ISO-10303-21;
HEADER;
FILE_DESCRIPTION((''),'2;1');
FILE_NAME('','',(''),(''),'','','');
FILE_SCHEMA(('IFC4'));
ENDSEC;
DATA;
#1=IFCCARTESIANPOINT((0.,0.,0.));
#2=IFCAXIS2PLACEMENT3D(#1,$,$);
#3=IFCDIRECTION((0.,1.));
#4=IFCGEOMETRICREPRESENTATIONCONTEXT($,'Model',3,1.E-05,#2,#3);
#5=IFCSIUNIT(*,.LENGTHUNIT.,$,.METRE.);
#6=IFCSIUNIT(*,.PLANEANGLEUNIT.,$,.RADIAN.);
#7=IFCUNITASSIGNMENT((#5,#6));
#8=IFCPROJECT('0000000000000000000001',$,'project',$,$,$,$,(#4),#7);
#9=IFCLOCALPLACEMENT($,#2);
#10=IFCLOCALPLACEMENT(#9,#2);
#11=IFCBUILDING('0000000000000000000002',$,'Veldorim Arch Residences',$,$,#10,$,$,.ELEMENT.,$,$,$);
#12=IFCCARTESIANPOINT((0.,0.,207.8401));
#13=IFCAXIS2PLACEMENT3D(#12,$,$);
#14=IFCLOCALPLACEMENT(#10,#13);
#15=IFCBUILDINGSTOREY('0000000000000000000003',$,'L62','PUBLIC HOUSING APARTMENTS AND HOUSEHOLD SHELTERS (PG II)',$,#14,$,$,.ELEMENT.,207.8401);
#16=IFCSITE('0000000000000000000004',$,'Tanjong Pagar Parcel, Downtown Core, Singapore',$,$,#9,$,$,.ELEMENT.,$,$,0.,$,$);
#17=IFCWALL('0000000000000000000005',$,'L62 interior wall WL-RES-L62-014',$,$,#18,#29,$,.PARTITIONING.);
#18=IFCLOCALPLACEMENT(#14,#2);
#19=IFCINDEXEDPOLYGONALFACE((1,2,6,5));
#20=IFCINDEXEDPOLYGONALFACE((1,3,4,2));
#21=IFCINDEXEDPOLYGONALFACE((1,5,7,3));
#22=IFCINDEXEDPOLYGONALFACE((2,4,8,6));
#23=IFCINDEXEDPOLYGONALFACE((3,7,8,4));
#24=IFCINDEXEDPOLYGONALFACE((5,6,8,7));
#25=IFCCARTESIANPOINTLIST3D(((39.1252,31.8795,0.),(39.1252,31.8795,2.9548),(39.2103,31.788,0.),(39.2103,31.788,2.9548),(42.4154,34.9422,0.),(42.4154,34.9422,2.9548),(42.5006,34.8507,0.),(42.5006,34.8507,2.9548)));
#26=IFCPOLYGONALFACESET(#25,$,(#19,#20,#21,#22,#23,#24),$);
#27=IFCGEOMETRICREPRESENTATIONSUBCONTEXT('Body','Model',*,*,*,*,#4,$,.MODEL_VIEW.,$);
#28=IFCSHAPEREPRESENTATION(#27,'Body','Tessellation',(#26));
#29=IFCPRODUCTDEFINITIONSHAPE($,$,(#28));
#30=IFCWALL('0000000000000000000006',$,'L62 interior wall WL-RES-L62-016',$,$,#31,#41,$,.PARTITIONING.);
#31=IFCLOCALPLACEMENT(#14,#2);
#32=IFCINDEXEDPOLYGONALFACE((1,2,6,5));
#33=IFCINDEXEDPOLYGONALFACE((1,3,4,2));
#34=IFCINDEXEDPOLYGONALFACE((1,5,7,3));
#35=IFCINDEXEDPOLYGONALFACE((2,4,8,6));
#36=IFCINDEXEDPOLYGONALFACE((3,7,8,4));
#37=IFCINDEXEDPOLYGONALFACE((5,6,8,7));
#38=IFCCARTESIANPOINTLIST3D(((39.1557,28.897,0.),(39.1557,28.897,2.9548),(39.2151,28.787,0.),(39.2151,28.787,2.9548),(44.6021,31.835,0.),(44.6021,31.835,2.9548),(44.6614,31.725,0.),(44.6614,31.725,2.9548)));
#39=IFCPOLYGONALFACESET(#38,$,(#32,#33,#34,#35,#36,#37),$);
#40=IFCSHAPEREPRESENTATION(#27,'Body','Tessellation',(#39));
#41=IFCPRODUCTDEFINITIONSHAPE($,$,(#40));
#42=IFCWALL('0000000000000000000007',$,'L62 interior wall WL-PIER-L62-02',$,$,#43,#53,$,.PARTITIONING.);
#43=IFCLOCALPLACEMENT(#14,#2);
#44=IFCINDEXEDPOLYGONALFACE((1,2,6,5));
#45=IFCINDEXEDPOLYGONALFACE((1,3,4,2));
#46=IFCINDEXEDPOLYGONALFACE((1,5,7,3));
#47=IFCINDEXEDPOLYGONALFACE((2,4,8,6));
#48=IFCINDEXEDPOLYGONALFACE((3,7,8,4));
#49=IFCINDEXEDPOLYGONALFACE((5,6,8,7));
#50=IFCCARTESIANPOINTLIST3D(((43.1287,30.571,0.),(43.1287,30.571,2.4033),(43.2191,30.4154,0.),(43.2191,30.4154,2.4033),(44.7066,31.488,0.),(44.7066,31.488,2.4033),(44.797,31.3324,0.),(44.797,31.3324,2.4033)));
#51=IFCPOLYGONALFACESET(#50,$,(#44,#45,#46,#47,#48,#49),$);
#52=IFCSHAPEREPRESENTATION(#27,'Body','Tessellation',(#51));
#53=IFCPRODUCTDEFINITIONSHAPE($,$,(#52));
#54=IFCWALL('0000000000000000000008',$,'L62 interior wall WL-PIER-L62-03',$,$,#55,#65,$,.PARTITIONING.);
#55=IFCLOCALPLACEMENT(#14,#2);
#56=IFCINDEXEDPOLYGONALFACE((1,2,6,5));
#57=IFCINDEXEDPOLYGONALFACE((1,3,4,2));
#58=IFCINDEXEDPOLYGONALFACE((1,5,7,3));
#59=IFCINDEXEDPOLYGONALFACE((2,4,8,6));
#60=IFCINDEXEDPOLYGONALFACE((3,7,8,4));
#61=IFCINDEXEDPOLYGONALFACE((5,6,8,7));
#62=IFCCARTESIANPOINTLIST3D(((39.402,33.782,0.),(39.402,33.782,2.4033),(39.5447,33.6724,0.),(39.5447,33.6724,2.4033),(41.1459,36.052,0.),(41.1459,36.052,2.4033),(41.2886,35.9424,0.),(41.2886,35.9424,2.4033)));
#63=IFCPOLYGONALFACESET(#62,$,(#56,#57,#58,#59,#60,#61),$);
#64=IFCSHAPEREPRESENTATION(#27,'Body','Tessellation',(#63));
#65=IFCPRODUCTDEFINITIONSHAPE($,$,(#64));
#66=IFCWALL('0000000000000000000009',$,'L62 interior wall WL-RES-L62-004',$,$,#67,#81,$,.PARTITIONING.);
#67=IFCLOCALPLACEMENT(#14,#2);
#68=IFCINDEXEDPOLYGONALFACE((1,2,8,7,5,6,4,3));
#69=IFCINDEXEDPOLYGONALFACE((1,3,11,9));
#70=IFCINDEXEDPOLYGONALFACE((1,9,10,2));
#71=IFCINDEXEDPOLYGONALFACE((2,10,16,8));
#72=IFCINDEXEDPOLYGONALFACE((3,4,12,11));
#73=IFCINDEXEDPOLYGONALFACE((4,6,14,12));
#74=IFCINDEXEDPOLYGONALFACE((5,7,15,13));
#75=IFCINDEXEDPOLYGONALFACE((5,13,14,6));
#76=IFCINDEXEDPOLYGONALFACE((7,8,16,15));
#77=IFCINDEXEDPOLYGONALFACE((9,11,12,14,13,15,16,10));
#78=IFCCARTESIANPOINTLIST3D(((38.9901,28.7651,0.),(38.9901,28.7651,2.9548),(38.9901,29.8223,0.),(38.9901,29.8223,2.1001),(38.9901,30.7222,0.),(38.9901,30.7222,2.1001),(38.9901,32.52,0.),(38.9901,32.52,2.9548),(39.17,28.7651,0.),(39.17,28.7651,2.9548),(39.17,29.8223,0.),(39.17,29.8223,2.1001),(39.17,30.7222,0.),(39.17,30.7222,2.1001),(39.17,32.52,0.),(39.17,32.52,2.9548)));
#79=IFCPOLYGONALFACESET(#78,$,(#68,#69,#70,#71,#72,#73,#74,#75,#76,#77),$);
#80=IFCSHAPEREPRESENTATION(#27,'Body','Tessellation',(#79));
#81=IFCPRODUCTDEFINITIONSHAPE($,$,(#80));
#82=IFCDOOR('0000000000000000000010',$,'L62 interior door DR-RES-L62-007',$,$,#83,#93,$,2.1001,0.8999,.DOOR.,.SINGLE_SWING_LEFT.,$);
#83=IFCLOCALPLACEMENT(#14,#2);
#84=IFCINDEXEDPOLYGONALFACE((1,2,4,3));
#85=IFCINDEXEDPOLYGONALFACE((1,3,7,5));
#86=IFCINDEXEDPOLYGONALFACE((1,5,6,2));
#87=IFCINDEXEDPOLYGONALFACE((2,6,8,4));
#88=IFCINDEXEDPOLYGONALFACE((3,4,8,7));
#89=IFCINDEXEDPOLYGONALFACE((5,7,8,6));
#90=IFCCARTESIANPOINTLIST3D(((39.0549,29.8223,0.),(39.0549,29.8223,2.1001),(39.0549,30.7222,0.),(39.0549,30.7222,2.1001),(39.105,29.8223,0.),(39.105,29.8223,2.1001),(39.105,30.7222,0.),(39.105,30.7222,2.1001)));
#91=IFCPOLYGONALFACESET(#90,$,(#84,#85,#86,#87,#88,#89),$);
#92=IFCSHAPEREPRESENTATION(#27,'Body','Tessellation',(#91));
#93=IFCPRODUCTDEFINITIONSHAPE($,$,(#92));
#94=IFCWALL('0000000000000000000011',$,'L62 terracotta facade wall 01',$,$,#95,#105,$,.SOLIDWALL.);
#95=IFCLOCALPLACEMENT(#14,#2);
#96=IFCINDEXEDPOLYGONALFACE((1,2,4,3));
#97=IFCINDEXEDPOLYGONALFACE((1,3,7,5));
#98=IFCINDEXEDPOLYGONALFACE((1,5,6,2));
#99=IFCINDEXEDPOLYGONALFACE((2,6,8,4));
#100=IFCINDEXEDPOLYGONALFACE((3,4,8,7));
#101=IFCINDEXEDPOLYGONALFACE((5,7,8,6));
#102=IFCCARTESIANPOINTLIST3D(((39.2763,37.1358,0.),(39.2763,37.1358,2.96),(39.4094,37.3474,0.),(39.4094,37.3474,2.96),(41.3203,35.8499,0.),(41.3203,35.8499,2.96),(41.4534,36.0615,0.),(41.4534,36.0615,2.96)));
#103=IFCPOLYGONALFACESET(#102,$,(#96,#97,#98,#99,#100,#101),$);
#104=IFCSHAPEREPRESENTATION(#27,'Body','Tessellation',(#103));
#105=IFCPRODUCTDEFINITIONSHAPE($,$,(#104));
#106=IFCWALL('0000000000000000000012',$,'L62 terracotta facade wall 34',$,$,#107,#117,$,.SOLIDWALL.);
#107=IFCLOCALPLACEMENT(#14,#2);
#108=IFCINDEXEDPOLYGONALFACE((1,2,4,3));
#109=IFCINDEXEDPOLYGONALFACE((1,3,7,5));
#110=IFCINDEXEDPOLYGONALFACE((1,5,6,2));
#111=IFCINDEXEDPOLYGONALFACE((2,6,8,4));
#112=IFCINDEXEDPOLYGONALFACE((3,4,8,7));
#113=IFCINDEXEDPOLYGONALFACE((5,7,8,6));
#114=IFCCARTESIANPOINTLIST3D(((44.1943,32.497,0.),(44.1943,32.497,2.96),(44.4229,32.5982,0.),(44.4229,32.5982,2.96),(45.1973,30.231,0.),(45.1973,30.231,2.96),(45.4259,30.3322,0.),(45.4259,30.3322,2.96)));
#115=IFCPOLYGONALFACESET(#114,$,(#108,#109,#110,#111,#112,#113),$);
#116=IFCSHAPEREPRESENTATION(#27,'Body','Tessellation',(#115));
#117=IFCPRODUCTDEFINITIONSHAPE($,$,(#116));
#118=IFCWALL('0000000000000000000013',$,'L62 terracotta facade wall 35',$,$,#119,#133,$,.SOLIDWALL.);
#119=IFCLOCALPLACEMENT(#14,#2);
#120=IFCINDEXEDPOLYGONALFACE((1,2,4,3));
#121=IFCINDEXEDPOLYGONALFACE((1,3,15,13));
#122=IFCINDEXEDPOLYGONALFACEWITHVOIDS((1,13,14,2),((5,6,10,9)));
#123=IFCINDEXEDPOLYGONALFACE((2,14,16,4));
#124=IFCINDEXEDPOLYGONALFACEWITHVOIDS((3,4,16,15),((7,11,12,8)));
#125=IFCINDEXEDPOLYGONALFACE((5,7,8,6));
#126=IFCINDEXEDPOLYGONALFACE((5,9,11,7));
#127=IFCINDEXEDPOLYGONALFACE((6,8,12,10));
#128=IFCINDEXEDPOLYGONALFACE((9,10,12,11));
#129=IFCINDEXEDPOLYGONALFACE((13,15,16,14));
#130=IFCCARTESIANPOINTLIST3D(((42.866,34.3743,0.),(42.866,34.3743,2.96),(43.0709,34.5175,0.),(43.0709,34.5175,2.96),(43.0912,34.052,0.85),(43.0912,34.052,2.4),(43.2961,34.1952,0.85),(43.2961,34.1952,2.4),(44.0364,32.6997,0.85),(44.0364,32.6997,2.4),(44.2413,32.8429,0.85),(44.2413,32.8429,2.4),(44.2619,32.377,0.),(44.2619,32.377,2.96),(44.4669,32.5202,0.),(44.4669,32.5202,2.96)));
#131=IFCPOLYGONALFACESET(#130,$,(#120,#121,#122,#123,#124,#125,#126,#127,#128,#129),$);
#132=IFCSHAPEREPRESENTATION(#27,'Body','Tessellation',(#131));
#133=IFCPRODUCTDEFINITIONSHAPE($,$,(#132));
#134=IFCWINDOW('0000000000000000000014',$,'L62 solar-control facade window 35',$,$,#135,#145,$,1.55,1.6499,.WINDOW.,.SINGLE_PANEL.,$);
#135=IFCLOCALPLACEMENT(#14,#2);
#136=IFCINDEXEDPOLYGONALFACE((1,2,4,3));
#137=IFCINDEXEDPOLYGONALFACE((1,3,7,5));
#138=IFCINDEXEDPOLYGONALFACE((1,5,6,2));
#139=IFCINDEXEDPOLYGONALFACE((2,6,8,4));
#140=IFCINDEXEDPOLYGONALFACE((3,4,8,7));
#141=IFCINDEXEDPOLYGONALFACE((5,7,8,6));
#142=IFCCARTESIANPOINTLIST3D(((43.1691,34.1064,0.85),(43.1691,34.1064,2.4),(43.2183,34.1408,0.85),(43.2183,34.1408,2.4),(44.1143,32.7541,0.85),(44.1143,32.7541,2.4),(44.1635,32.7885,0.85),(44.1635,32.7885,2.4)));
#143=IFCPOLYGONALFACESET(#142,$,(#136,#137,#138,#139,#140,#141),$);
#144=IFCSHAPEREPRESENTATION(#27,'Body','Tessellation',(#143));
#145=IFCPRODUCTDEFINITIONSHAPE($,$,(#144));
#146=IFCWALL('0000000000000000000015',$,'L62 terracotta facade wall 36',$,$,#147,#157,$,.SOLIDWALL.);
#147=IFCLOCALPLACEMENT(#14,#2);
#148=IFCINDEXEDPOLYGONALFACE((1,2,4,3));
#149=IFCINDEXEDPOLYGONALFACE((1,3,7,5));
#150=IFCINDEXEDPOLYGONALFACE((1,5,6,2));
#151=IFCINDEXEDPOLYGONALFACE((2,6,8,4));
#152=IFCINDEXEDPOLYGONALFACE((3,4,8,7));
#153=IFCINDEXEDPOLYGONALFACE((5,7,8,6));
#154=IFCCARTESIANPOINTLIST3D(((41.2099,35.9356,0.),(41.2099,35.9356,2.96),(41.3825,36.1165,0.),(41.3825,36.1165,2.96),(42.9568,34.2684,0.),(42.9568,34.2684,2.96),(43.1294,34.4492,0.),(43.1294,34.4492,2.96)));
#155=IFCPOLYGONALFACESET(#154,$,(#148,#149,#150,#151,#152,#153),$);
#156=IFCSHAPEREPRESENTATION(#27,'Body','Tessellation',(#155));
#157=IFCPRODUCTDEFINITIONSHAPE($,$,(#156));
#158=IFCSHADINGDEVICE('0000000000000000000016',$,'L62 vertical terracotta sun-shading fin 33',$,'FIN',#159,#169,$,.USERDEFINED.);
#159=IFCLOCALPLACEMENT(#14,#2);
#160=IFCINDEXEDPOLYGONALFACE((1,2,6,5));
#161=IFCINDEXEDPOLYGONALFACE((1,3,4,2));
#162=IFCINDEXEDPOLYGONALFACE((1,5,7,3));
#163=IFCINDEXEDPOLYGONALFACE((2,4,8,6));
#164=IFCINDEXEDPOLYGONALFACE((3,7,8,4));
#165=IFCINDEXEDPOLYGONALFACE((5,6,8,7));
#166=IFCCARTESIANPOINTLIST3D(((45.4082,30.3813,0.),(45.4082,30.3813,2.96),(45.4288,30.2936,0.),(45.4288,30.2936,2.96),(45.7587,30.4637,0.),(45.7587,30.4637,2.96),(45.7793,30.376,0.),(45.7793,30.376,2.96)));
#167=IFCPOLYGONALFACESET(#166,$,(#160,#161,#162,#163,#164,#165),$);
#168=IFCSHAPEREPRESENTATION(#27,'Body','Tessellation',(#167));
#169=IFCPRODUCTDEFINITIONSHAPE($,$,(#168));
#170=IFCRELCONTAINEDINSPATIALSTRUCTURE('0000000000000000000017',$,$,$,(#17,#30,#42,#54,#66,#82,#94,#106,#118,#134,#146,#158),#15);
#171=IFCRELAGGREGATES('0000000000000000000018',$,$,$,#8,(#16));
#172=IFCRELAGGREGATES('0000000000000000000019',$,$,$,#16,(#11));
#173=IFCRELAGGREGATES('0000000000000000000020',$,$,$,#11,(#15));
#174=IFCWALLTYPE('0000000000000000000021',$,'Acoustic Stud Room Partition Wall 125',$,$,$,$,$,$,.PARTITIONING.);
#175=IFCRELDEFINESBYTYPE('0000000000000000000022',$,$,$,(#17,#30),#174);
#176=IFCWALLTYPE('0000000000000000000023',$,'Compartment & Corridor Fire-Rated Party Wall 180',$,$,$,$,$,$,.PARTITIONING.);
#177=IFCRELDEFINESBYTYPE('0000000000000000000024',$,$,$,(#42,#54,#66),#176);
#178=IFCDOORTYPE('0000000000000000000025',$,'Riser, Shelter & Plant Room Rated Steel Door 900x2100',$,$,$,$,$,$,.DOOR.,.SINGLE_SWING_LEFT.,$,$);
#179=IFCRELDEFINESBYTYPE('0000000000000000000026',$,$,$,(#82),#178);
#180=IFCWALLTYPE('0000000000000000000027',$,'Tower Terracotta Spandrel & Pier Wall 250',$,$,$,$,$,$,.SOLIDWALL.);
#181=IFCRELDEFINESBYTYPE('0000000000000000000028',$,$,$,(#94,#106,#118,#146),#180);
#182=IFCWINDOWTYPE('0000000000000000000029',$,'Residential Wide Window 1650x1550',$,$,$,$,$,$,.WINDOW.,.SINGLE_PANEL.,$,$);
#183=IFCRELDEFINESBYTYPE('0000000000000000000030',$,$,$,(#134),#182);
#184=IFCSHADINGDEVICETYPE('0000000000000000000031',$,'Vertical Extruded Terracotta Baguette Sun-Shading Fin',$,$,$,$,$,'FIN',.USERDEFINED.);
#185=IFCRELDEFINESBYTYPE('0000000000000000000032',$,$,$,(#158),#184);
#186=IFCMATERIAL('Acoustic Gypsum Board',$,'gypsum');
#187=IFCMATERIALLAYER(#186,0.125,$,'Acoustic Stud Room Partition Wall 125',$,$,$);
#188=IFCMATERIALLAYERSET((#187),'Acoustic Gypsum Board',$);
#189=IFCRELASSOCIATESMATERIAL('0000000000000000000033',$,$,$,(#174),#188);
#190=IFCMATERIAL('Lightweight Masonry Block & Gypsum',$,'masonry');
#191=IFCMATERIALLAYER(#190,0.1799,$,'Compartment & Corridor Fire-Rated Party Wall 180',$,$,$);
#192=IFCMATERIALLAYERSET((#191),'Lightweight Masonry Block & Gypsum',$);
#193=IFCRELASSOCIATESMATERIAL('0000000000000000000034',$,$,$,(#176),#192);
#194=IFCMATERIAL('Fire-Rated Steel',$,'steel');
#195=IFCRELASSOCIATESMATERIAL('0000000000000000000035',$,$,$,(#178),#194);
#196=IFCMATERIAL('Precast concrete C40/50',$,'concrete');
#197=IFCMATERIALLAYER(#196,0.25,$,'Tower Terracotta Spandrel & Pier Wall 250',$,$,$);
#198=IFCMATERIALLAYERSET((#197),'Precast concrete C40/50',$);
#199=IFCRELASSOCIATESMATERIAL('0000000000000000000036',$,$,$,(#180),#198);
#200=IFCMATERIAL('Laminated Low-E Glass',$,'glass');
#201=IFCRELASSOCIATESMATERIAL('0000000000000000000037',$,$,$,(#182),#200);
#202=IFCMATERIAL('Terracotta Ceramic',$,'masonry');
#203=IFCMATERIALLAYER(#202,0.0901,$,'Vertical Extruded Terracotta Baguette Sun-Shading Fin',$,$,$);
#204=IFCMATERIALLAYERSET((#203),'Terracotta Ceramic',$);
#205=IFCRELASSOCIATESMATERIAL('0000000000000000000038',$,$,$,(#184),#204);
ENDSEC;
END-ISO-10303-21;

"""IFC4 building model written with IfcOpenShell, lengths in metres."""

from ifc_helpers import new_model, si_unit, direction, frame, frame_2d, origin, origin_2d, place, context, subcontext, project, spatial, rectangle, extrude, material, layer, layer_set, type_object, element, fill, save


model = new_model("IFC4")

# Units and contexts
model_context = context("Model", 3, precision=1e-05, world=origin(), true_north=direction((0.0, 1.0)))
body_context = subcontext(model_context, "Body", "Model", "MODEL_VIEW")
ifc_project = project(units=[si_unit("LENGTHUNIT", "METRE"), si_unit("PLANEANGLEUNIT", "RADIAN")], contexts=[model_context])

# Site, building, storey
site_placement = place(None, origin())
site = spatial("IfcSite", under=ifc_project, at=site_placement, Name="Tanjong Pagar Parcel, Downtown Core, Singapore", CompositionType="ELEMENT", RefElevation=0.0)
building_placement = place(site_placement, origin())
building = spatial("IfcBuilding", under=site, at=building_placement, Name="Veldorim Arch Residences", CompositionType="ELEMENT")
storey_placement = place(building_placement, frame((0.0, 0.0, 207.8401)))
storey = spatial("IfcBuildingStorey", under=building, at=storey_placement, Name="L62", Description="PUBLIC HOUSING APARTMENTS AND HOUSEHOLD SHELTERS (PG II)", CompositionType="ELEMENT", Elevation=207.8401)

# Walls
ifc_material_1 = material(Name="Acoustic Gypsum Board", Category="gypsum")
ifc_layer_1 = layer(ifc_material_1, 0.125, Name="Acoustic Stud Room Partition Wall 125")
ifc_layer_set_1 = layer_set([ifc_layer_1], Name="Acoustic Gypsum Board")
wall_type_1 = type_object("IfcWallType", Name="Acoustic Stud Room Partition Wall 125", PredefinedType="PARTITIONING", material=ifc_layer_set_1)
wall_1_placement = place(storey_placement, frame((42.458, 34.8965, 0.0), z_axis=(0.0, 0.0, 1.0), x_axis=(-0.731963, -0.681344, 0.0)))
element("IfcWall", 1, at=wall_1_placement, inside=storey, type_object=wall_type_1, Name="L62 interior wall WL-RES-L62-014", PredefinedType="PARTITIONING", context=body_context, shape_type="SweptSolid", body=[
    extrude(rectangle(XDim=4.4951, YDim=0.125, at=frame_2d((2.2476, 0.0))), origin(), (0.0, 0.0, 1.0), 2.9548),
])
wall_2_placement = place(storey_placement, frame((44.6318, 31.78, 0.0), z_axis=(0.0, 0.0, 1.0), x_axis=(-0.880109, -0.474773, 0.0)))
element("IfcWall", 2, at=wall_2_placement, inside=storey, type_object=wall_type_1, Name="L62 interior wall WL-RES-L62-016", PredefinedType="PARTITIONING", context=body_context, shape_type="SweptSolid", body=[
    extrude(rectangle(XDim=6.1882, YDim=0.125, at=frame_2d((3.0942, 0.0))), origin(), (0.0, 0.0, 1.0), 2.9548),
])
ifc_material_2 = material(Name="Lightweight Masonry Block & Gypsum", Category="masonry")
ifc_layer_2 = layer(ifc_material_2, 0.1799, Name="Compartment & Corridor Fire-Rated Party Wall 180")
ifc_layer_set_2 = layer_set([ifc_layer_2], Name="Lightweight Masonry Block & Gypsum")
wall_type_2 = type_object("IfcWallType", Name="Compartment & Corridor Fire-Rated Party Wall 180", PredefinedType="PARTITIONING", material=ifc_layer_set_2)
wall_3_placement = place(storey_placement, frame((43.1738, 30.4932, 0.0), z_axis=(0.0, 0.0, 1.0), x_axis=(0.864598, 0.502465, 0.0)))
element("IfcWall", 3, at=wall_3_placement, inside=storey, type_object=wall_type_2, Name="L62 interior wall WL-PIER-L62-02", PredefinedType="PARTITIONING", context=body_context, shape_type="SweptSolid", body=[
    extrude(rectangle(XDim=1.825, YDim=0.1799, at=frame_2d((0.9126, 0.0))), origin(), (0.0, 0.0, 1.0), 2.4033),
])
wall_4_placement = place(storey_placement, frame((39.4734, 33.7273, 0.0), z_axis=(0.0, 0.0, 1.0), x_axis=(0.609212, 0.793007, 0.0)))
element("IfcWall", 4, at=wall_4_placement, inside=storey, type_object=wall_type_2, Name="L62 interior wall WL-PIER-L62-03", PredefinedType="PARTITIONING", context=body_context, shape_type="SweptSolid", body=[
    extrude(rectangle(XDim=2.8625, YDim=0.1799, at=frame_2d((1.4312, 0.0))), origin(), (0.0, 0.0, 1.0), 2.4033),
])

# Wall, opening, door
wall_5_placement = place(storey_placement, frame((39.0801, 32.52, 0.0), z_axis=(0.0, 0.0, 1.0), x_axis=(0.0, -1.0, 0.0)))
wall_5 = element("IfcWall", 5, at=wall_5_placement, inside=storey, type_object=wall_type_2, Name="L62 interior wall WL-RES-L62-004", PredefinedType="PARTITIONING", context=body_context, shape_type="SweptSolid", body=[
    extrude(rectangle(XDim=3.7549, YDim=0.1799, at=frame_2d((1.8774, 0.0))), origin(), (0.0, 0.0, 1.0), 2.9548),
])
opening_1_placement = place(wall_5_placement, frame((1.7979, 0.0, 0.0)))
opening_1 = element("IfcOpeningElement", 6, at=opening_1_placement, cuts=wall_5, PredefinedType="OPENING", context=body_context, shape_type="SweptSolid", body=[
    extrude(rectangle(XDim=0.8999, YDim=2.1001, at=frame_2d((0.45, 1.05))), frame((0.0, 0.0999, 0.0), z_axis=(0.0, -1.0, 0.0), x_axis=(1.0, 0.0, 0.0)), (0.0, 0.0, 1.0), 0.2),
])
ifc_material_3 = material(Name="Fire-Rated Steel", Category="steel")
door_type = type_object("IfcDoorType", Name="Riser, Shelter & Plant Room Rated Steel Door 900x2100", OperationType="SINGLE_SWING_LEFT", PredefinedType="DOOR", material=ifc_material_3)
door_placement = place(opening_1_placement, origin())
door = element("IfcDoor", 7, at=door_placement, inside=storey, type_object=door_type, Name="L62 interior door DR-RES-L62-007", OperationType="SINGLE_SWING_LEFT", OverallHeight=2.1001, OverallWidth=0.8999, PredefinedType="DOOR", context=body_context, shape_type="SweptSolid", body=[
    extrude(rectangle(XDim=0.8999, YDim=2.1001, at=frame_2d((0.45, 1.05))), frame((0.0, 0.0249, 0.0), z_axis=(0.0, -1.0, 0.0), x_axis=(1.0, 0.0, 0.0)), (0.0, 0.0, 1.0), 0.05),
])
fill(opening_1, door)

# Walls
ifc_material_4 = material(Name="Precast concrete C40/50", Category="concrete")
ifc_layer_3 = layer(ifc_material_4, 0.25, Name="Tower Terracotta Spandrel & Pier Wall 250")
ifc_layer_set_3 = layer_set([ifc_layer_3], Name="Precast concrete C40/50")
wall_type_3 = type_object("IfcWallType", Name="Tower Terracotta Spandrel & Pier Wall 250", PredefinedType="SOLIDWALL", material=ifc_layer_set_3)
wall_6_placement = place(storey_placement, frame((39.3428, 37.2417, 0.0), z_axis=(0.0, 0.0, 1.0), x_axis=(0.846427, -0.532505, 0.0)))
element("IfcWall", 8, at=wall_6_placement, inside=storey, type_object=wall_type_3, Name="L62 terracotta facade wall 01", PredefinedType="SOLIDWALL", context=body_context, shape_type="SweptSolid", body=[
    extrude(rectangle(XDim=2.4148, YDim=0.25, at=frame_2d((1.2075, 0.0))), origin(), (0.0, 0.0, 1.0), 2.96),
])
wall_7_placement = place(storey_placement, frame((44.3086, 32.5476, 0.0), z_axis=(0.0, 0.0, 1.0), x_axis=(0.404748, -0.914428, 0.0)))
element("IfcWall", 9, at=wall_7_placement, inside=storey, type_object=wall_type_3, Name="L62 terracotta facade wall 34", PredefinedType="SOLIDWALL", context=body_context, shape_type="SweptSolid", body=[
    extrude(rectangle(XDim=2.478, YDim=0.25, at=frame_2d((1.239, 0.0))), origin(), (0.0, 0.0, 1.0), 2.96),
])

# Wall, opening, window
wall_8_placement = place(storey_placement, frame((42.9685, 34.4458, 0.0), z_axis=(0.0, 0.0, 1.0), x_axis=(0.572877, -0.819641, 0.0)))
wall_8 = element("IfcWall", 10, at=wall_8_placement, inside=storey, type_object=wall_type_3, Name="L62 terracotta facade wall 35", PredefinedType="SOLIDWALL", context=body_context, shape_type="SweptSolid", body=[
    extrude(rectangle(XDim=2.4368, YDim=0.25, at=frame_2d((1.2183, 0.0))), origin(), (0.0, 0.0, 1.0), 2.96),
])
opening_2_placement = place(wall_8_placement, frame((0.3931, 0.0, 0.8501)))
opening_2 = element("IfcOpeningElement", 11, at=opening_2_placement, cuts=wall_8, PredefinedType="OPENING", context=body_context, shape_type="SweptSolid", body=[
    extrude(rectangle(XDim=1.6499, YDim=1.55, at=frame_2d((0.825, 0.7749))), frame((0.0, 0.135, 0.0), z_axis=(0.0, -1.0, 0.0), x_axis=(1.0, 0.0, 0.0)), (0.0, 0.0, 1.0), 0.27),
])
ifc_material_5 = material(Name="Laminated Low-E Glass", Category="glass")
window_type = type_object("IfcWindowType", Name="Residential Wide Window 1650x1550", PartitioningType="SINGLE_PANEL", PredefinedType="WINDOW", material=ifc_material_5)
window_placement = place(opening_2_placement, origin())
window = element("IfcWindow", 12, at=window_placement, inside=storey, type_object=window_type, Name="L62 solar-control facade window 35", OverallHeight=1.55, OverallWidth=1.6499, PartitioningType="SINGLE_PANEL", PredefinedType="WINDOW", context=body_context, shape_type="SweptSolid", body=[
    extrude(rectangle(XDim=1.6499, YDim=1.55, at=frame_2d((0.825, 0.7749))), frame((0.0, 0.03, 0.0), z_axis=(0.0, -1.0, 0.0), x_axis=(1.0, 0.0, 0.0)), (0.0, 0.0, 1.0), 0.0601),
])
fill(opening_2, window)

# Wall
wall_9_placement = place(storey_placement, frame((41.2961, 36.0261, 0.0), z_axis=(0.0, 0.0, 1.0), x_axis=(0.723395, -0.690435, 0.0)))
element("IfcWall", 13, at=wall_9_placement, inside=storey, type_object=wall_type_3, Name="L62 terracotta facade wall 36", PredefinedType="SOLIDWALL", context=body_context, shape_type="SweptSolid", body=[
    extrude(rectangle(XDim=2.4148, YDim=0.25, at=frame_2d((1.2075, 0.0))), origin(), (0.0, 0.0, 1.0), 2.96),
])

# Shading device
ifc_material_6 = material(Name="Terracotta Ceramic", Category="masonry")
ifc_layer_4 = layer(ifc_material_6, 0.0901, Name="Vertical Extruded Terracotta Baguette Sun-Shading Fin")
ifc_layer_set_4 = layer_set([ifc_layer_4], Name="Terracotta Ceramic")
shading_device_type = type_object("IfcShadingDeviceType", Name="Vertical Extruded Terracotta Baguette Sun-Shading Fin", ElementType="FIN", PredefinedType="USERDEFINED", material=ifc_layer_set_4)
shading_device_placement = place(storey_placement, frame((45.5938, 30.3787, 0.0), z_axis=(0.0, 0.0, 1.0), x_axis=(0.228861, -0.973459, 0.0)))
element("IfcShadingDevice", 14, at=shading_device_placement, inside=storey, type_object=shading_device_type, Name="L62 vertical terracotta sun-shading fin 33", ObjectType="FIN", PredefinedType="USERDEFINED", context=body_context, shape_type="SweptSolid", body=[
    extrude(rectangle(XDim=0.0901, YDim=0.3601, at=origin_2d()), origin(), (0.0, 0.0, 1.0), 2.96),
])

save(model, "model.ifc")
